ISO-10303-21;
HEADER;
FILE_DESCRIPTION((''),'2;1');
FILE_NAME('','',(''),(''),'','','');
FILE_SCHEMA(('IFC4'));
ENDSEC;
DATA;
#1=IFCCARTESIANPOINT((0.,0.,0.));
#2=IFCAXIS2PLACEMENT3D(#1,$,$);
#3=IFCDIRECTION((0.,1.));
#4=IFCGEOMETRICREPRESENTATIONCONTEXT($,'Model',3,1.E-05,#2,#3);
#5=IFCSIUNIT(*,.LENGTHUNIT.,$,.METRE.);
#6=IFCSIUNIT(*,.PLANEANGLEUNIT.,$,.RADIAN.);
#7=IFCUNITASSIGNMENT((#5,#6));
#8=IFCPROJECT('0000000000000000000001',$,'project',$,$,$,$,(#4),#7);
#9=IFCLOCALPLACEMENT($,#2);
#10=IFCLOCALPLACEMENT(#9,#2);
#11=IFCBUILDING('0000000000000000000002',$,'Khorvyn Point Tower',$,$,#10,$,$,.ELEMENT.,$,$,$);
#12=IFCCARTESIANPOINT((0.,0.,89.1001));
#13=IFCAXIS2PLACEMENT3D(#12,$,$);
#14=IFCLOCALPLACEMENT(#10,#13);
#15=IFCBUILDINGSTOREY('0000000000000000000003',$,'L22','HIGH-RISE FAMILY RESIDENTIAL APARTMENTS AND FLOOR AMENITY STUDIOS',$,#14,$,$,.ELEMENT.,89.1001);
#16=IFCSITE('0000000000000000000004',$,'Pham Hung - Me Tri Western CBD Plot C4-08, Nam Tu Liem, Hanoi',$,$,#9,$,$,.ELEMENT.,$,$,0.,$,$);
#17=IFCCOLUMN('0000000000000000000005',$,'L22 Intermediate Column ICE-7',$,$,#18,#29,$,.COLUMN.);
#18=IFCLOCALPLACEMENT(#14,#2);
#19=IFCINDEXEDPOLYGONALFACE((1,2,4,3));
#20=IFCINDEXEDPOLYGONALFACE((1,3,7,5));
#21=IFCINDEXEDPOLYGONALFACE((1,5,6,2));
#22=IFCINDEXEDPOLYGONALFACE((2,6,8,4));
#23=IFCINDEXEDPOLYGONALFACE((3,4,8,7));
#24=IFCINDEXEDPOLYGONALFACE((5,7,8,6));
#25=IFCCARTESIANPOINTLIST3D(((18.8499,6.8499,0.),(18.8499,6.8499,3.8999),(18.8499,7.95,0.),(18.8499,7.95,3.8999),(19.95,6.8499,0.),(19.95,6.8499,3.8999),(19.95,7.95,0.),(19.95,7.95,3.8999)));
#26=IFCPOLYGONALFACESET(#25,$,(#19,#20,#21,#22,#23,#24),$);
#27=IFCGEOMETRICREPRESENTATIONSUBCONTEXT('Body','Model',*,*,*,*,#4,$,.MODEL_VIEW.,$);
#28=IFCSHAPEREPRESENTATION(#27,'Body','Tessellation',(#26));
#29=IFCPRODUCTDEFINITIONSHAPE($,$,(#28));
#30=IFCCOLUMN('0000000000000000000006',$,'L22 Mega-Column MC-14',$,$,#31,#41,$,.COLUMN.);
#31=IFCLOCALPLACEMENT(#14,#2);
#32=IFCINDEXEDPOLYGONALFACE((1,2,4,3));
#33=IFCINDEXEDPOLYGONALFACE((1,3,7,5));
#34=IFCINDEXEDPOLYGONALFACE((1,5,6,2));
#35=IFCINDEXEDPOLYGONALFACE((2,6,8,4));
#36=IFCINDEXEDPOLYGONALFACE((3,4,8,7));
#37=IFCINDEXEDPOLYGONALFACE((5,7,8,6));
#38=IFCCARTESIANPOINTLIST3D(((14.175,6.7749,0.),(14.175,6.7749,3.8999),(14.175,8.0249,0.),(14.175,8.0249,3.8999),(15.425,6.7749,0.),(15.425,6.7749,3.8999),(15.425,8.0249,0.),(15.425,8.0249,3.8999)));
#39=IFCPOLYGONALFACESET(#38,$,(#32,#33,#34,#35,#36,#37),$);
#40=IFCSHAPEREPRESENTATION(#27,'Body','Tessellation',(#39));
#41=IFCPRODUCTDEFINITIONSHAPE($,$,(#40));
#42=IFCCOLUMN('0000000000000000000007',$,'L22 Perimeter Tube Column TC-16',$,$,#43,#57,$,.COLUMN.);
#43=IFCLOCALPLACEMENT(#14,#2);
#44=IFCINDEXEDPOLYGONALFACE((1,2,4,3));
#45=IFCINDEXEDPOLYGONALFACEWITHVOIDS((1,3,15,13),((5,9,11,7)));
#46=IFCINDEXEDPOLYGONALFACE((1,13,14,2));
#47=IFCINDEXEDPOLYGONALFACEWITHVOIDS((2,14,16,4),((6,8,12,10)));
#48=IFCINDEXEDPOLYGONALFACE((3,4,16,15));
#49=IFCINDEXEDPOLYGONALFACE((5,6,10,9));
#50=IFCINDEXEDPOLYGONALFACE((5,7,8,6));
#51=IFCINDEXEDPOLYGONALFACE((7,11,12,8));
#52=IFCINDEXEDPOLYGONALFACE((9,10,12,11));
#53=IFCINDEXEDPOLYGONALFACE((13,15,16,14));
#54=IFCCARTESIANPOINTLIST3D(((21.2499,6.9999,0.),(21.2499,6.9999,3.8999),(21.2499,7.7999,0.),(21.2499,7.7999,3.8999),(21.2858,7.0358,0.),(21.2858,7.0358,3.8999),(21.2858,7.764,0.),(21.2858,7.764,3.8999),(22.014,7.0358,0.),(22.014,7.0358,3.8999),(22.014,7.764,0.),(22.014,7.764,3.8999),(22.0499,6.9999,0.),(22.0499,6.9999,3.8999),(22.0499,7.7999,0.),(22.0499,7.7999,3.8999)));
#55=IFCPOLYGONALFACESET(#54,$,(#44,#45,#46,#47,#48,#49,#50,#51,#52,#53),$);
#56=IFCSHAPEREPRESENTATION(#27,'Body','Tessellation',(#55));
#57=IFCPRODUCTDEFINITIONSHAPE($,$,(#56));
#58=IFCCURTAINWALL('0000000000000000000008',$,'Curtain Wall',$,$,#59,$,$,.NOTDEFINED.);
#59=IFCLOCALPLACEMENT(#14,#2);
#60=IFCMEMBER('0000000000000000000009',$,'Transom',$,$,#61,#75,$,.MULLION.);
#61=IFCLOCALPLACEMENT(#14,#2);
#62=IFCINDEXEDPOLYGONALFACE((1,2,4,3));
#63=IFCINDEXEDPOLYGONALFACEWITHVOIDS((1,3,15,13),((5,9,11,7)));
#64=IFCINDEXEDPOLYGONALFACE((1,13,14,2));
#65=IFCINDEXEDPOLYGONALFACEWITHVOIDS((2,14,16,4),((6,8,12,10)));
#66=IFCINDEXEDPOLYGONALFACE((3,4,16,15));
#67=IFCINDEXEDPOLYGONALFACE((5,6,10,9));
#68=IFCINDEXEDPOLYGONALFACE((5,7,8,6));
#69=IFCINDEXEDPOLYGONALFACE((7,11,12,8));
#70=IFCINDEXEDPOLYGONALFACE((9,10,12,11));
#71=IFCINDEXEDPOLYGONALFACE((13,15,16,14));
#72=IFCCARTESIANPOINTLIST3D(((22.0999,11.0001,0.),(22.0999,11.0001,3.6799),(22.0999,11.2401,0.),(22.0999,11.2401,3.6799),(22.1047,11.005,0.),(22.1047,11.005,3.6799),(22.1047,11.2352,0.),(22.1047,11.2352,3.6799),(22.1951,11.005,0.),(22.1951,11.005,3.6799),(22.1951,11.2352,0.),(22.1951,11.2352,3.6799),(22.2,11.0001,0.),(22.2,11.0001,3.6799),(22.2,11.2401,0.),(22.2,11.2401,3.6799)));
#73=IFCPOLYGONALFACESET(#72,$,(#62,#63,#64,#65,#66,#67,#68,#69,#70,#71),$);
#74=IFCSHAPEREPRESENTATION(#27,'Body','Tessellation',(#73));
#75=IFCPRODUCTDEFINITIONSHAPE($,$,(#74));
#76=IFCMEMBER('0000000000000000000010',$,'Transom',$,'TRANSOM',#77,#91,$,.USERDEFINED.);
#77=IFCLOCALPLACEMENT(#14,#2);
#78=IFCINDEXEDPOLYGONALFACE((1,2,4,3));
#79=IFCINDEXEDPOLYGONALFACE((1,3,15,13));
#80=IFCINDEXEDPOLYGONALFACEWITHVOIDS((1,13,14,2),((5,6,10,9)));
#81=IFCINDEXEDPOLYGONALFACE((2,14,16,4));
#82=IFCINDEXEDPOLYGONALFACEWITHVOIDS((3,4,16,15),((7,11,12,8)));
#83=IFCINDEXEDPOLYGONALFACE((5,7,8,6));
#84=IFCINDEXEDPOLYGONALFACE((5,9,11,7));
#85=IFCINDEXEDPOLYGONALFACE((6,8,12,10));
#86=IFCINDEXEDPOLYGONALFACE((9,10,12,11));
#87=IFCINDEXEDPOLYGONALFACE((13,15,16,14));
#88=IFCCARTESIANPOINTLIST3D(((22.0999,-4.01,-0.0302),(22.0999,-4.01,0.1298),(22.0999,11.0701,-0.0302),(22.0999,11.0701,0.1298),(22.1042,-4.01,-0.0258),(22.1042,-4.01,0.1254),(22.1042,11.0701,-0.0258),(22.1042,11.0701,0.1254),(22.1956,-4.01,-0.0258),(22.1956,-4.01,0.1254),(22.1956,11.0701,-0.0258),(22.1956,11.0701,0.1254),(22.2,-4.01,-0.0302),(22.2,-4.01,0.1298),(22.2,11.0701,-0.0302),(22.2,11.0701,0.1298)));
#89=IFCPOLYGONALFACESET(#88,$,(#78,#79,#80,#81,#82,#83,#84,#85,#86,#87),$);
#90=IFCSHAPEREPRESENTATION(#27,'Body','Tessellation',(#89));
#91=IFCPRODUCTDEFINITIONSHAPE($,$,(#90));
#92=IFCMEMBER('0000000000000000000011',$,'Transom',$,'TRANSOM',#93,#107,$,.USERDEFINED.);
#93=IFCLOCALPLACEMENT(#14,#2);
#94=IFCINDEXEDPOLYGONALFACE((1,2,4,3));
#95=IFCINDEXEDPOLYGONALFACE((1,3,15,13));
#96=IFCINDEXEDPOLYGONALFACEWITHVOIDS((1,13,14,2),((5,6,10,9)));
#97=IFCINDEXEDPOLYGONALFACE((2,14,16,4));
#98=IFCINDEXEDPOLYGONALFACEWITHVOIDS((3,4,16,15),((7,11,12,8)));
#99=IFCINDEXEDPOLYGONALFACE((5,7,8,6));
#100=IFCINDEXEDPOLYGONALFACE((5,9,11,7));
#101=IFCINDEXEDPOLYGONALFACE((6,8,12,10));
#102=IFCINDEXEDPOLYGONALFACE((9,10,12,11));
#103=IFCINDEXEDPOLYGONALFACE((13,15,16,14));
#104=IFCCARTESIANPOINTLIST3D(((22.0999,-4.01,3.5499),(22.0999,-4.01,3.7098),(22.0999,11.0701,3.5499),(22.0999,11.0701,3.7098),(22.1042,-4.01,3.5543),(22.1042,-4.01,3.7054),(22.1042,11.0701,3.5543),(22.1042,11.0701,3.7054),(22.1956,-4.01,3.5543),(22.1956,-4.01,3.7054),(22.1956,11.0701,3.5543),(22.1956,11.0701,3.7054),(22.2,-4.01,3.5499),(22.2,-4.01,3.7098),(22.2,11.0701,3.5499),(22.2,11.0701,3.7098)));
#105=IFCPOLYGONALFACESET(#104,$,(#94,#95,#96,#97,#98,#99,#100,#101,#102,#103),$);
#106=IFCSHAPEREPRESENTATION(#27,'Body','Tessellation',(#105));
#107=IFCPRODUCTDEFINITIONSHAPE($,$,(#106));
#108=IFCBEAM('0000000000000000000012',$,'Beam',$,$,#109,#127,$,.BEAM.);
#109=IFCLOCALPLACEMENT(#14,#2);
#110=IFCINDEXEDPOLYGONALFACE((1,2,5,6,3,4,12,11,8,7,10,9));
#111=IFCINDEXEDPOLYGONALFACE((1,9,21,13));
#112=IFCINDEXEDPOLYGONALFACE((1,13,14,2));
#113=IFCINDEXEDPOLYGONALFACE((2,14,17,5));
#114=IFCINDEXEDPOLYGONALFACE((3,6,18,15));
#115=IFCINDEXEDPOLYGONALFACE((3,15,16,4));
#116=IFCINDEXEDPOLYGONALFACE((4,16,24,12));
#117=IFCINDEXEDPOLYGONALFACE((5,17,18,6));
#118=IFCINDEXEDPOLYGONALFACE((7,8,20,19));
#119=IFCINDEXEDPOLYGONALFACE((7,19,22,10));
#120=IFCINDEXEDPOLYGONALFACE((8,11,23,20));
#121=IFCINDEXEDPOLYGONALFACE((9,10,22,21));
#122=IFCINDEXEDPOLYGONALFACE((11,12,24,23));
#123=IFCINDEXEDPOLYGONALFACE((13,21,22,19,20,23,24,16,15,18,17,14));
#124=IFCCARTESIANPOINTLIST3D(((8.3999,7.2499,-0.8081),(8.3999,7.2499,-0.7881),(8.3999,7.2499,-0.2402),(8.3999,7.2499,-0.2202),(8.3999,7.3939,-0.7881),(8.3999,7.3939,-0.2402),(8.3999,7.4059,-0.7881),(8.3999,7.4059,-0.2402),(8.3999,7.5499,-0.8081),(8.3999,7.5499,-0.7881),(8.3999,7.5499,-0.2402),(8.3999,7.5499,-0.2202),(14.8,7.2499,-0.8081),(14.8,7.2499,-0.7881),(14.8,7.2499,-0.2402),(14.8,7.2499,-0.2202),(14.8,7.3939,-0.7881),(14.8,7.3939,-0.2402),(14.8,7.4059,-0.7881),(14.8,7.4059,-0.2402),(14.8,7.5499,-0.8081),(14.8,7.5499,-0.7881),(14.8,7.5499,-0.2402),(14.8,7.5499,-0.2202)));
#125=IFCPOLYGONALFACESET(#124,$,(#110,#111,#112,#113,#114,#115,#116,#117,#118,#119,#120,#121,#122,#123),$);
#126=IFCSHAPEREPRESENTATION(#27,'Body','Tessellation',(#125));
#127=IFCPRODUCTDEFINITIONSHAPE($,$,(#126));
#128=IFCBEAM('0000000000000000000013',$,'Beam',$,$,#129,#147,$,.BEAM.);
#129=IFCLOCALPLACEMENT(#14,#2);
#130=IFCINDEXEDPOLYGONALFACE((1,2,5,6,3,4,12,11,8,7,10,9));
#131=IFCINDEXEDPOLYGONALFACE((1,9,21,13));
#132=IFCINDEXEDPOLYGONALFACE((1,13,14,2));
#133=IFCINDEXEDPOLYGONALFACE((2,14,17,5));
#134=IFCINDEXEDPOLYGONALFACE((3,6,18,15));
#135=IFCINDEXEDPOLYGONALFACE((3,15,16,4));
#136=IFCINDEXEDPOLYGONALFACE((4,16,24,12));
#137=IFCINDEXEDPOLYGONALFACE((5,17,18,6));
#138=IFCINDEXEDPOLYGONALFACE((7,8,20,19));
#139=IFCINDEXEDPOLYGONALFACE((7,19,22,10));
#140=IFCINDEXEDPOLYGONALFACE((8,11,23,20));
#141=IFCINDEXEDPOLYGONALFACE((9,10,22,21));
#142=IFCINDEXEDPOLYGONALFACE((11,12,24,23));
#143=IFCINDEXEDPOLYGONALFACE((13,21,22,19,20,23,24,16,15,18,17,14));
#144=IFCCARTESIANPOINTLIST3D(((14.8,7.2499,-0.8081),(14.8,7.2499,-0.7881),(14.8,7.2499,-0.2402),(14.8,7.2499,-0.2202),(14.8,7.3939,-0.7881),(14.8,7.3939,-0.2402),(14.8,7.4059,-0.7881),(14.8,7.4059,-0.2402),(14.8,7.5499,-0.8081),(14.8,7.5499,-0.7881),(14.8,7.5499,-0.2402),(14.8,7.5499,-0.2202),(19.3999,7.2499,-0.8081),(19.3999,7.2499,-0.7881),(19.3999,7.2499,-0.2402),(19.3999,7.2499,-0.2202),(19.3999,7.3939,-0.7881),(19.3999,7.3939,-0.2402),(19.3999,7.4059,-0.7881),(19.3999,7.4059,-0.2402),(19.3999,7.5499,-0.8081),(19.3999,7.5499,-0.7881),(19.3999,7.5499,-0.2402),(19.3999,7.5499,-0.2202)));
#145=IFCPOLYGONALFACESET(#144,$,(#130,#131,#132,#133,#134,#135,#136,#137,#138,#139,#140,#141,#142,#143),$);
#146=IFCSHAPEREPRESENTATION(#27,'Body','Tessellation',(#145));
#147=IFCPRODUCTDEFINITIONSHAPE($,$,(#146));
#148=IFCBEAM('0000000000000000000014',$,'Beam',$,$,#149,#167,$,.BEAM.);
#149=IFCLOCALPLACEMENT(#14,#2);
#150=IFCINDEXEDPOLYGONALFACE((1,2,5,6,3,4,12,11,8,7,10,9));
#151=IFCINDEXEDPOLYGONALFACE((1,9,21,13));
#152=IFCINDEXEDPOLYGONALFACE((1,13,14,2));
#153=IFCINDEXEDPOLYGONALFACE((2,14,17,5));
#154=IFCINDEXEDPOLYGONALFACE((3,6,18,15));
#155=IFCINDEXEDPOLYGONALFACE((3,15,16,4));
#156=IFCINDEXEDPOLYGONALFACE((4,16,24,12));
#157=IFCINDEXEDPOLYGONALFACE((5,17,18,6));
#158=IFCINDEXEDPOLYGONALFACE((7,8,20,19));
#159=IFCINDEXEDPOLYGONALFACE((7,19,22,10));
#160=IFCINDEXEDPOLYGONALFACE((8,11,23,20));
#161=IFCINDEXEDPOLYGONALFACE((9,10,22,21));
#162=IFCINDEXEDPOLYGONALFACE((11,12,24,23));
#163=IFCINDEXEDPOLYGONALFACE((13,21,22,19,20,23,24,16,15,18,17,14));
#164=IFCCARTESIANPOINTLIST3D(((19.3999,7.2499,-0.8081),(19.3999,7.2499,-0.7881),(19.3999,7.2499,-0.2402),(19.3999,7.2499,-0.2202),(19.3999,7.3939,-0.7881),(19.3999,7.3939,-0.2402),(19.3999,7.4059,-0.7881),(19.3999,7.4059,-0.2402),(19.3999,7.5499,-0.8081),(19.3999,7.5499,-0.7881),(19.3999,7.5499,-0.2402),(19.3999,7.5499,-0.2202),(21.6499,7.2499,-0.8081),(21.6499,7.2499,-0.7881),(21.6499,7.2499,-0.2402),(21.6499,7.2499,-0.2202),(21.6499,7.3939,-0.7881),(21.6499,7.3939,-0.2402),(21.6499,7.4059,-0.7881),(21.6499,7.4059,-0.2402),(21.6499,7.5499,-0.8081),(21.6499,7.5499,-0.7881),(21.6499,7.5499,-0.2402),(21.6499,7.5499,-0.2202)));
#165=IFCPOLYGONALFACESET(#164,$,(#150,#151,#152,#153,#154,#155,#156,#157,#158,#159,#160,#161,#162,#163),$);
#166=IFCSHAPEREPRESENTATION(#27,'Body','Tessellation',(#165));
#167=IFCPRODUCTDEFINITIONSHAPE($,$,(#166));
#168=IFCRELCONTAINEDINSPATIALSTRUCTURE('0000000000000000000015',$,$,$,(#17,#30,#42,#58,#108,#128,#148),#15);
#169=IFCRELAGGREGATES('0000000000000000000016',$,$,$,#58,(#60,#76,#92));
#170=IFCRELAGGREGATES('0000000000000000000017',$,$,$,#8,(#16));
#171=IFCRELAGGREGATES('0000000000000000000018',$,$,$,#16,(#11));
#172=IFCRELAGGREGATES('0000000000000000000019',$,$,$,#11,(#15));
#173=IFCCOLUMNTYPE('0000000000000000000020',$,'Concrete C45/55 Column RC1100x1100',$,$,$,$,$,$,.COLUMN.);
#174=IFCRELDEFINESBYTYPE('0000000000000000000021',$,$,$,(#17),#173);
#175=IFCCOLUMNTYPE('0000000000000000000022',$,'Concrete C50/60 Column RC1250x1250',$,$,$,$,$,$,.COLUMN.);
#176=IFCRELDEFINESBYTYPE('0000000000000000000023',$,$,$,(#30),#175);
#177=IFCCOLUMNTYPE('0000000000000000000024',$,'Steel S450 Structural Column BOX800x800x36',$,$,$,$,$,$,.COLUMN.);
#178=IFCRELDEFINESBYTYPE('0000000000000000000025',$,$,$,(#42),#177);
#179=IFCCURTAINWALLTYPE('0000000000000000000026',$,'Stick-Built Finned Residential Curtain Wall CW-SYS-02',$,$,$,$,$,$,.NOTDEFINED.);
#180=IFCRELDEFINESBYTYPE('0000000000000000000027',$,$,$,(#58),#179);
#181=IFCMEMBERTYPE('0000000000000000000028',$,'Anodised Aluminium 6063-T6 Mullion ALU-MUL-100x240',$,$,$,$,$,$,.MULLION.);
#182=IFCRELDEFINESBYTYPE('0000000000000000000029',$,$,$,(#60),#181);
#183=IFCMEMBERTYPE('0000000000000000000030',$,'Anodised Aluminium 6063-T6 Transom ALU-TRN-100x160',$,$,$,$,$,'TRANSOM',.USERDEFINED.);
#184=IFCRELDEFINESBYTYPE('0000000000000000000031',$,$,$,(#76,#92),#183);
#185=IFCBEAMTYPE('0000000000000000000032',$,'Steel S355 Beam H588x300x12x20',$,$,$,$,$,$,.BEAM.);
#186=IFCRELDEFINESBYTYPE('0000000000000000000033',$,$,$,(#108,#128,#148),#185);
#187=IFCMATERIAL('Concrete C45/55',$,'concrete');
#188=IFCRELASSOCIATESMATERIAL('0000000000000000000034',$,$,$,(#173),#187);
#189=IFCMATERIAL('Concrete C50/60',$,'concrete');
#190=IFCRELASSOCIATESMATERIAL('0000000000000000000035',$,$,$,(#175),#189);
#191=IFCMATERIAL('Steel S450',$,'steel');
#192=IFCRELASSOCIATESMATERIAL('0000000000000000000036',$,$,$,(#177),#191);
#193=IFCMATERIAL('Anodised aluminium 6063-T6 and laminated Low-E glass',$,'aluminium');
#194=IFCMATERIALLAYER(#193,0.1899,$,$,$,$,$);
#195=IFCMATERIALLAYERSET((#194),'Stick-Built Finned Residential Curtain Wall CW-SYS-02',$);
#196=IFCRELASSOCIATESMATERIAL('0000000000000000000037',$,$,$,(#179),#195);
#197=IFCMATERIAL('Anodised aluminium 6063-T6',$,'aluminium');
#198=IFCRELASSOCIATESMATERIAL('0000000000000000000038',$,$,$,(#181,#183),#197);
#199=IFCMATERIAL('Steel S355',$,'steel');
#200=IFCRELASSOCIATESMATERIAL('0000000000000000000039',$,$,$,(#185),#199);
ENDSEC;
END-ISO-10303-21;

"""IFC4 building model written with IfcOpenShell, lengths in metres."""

from ifc_helpers import new_model, si_unit, direction, frame, origin, origin_2d, place, context, subcontext, project, spatial, rectangle, hollow_rectangle, i_section, extrude, material, layer, layer_set, material_profile, profile_set, type_object, element, aggregate, save


model = new_model("IFC4")

# Units and contexts
model_context = context("Model", 3, precision=1e-05, world=origin(), true_north=direction((0.0, 1.0)))
body_context = subcontext(model_context, "Body", "Model", "MODEL_VIEW")
ifc_project = project(units=[si_unit("LENGTHUNIT", "METRE"), si_unit("PLANEANGLEUNIT", "RADIAN")], contexts=[model_context])

# Site, building, storey
site_placement = place(None, origin())
site = spatial("IfcSite", under=ifc_project, at=site_placement, Name="Pham Hung - Me Tri Western CBD Plot C4-08, Nam Tu Liem, Hanoi", CompositionType="ELEMENT", RefElevation=0.0)
building_placement = place(site_placement, origin())
building = spatial("IfcBuilding", under=site, at=building_placement, Name="Khorvyn Point Tower", CompositionType="ELEMENT")
storey_placement = place(building_placement, frame((0.0, 0.0, 89.1001)))
storey = spatial("IfcBuildingStorey", under=building, at=storey_placement, Name="L22", Description="HIGH-RISE FAMILY RESIDENTIAL APARTMENTS AND FLOOR AMENITY STUDIOS", CompositionType="ELEMENT", Elevation=89.1001)

# Columns
ifc_material_1 = material(Name="Concrete C45/55", Category="concrete")
ifc_material_profile_1 = material_profile(ifc_material_1, rectangle(XDim=1.1001, YDim=1.1001, at=origin_2d()))
ifc_profile_set_1 = profile_set([ifc_material_profile_1], Name="Concrete C45/55 RC1100x1100")
column_type_1 = type_object("IfcColumnType", Name="Concrete C45/55 Column RC1100x1100", PredefinedType="COLUMN", material=ifc_profile_set_1)
column_1_placement = place(storey_placement, frame((19.3999, 7.3999, 0.0), z_axis=(0.0, 0.0, 1.0), x_axis=(1.0, 0.0, 0.0)))
element("IfcColumn", 1, at=column_1_placement, inside=storey, type_object=column_type_1, Name="L22 Intermediate Column ICE-7", PredefinedType="COLUMN", context=body_context, shape_type="SweptSolid", body=[
    extrude(rectangle(XDim=1.1001, YDim=1.1001, at=origin_2d()), origin(), (0.0, 0.0, 1.0), 3.8999),
])
ifc_material_2 = material(Name="Concrete C50/60", Category="concrete")
ifc_material_profile_2 = material_profile(ifc_material_2, rectangle(XDim=1.25, YDim=1.25, at=origin_2d()))
ifc_profile_set_2 = profile_set([ifc_material_profile_2], Name="Concrete C50/60 RC1250x1250")
column_type_2 = type_object("IfcColumnType", Name="Concrete C50/60 Column RC1250x1250", PredefinedType="COLUMN", material=ifc_profile_set_2)
column_2_placement = place(storey_placement, frame((14.8, 7.3999, 0.0), z_axis=(0.0, 0.0, 1.0), x_axis=(1.0, 0.0, 0.0)))
element("IfcColumn", 2, at=column_2_placement, inside=storey, type_object=column_type_2, Name="L22 Mega-Column MC-14", PredefinedType="COLUMN", context=body_context, shape_type="SweptSolid", body=[
    extrude(rectangle(XDim=1.25, YDim=1.25, at=origin_2d()), origin(), (0.0, 0.0, 1.0), 3.8999),
])
ifc_material_3 = material(Name="Steel S450", Category="steel")
ifc_material_profile_3 = material_profile(ifc_material_3, hollow_rectangle(XDim=0.8, YDim=0.8, WallThickness=0.0359, at=origin_2d()))
ifc_profile_set_3 = profile_set([ifc_material_profile_3], Name="Steel S450 BOX800x800x36")
column_type_3 = type_object("IfcColumnType", Name="Steel S450 Structural Column BOX800x800x36", PredefinedType="COLUMN", material=ifc_profile_set_3)
column_3_placement = place(storey_placement, frame((21.6499, 7.3999, 0.0), z_axis=(0.0, 0.0, 1.0), x_axis=(1.0, 0.0, 0.0)))
element("IfcColumn", 3, at=column_3_placement, inside=storey, type_object=column_type_3, Name="L22 Perimeter Tube Column TC-16", PredefinedType="COLUMN", context=body_context, shape_type="SweptSolid", body=[
    extrude(hollow_rectangle(XDim=0.8, YDim=0.8, WallThickness=0.0359, at=origin_2d()), origin(), (0.0, 0.0, 1.0), 3.8999),
])

# Curtain wall, members
ifc_material_4 = material(Name="Anodised aluminium 6063-T6 and laminated Low-E glass", Category="aluminium")
ifc_layer_1 = layer(ifc_material_4, 0.1899)
ifc_layer_set_1 = layer_set([ifc_layer_1], Name="Stick-Built Finned Residential Curtain Wall CW-SYS-02")
curtain_wall_type = type_object("IfcCurtainWallType", Name="Stick-Built Finned Residential Curtain Wall CW-SYS-02", PredefinedType="NOTDEFINED", material=ifc_layer_set_1)
curtain_wall_placement = place(storey_placement, origin())
curtain_wall = element("IfcCurtainWall", 4, at=curtain_wall_placement, inside=storey, type_object=curtain_wall_type, Name="Curtain Wall", PredefinedType="NOTDEFINED")
ifc_material_5 = material(Name="Anodised aluminium 6063-T6", Category="aluminium")
ifc_material_profile_4 = material_profile(ifc_material_5, hollow_rectangle(XDim=0.1001, YDim=0.24, WallThickness=0.0049, at=origin_2d()))
ifc_profile_set_4 = profile_set([ifc_material_profile_4], Name="Anodised aluminium 6063-T6 ALU-MUL-100x240")
member_type_1 = type_object("IfcMemberType", Name="Anodised Aluminium 6063-T6 Mullion ALU-MUL-100x240", PredefinedType="MULLION", material=ifc_profile_set_4)
member_1_placement = place(storey_placement, frame((22.1499, 11.1201, 0.0), z_axis=(0.0, 0.0, 1.0), x_axis=(1.0, 0.0, 0.0)))
member_1 = element("IfcMember", 5, at=member_1_placement, type_object=member_type_1, Name="Transom", PredefinedType="MULLION", context=body_context, shape_type="SweptSolid", body=[
    extrude(hollow_rectangle(XDim=0.1001, YDim=0.24, WallThickness=0.0049, at=origin_2d()), origin(), (0.0, 0.0, 1.0), 3.6799),
])
ifc_material_profile_5 = material_profile(ifc_material_5, hollow_rectangle(XDim=0.1001, YDim=0.1599, WallThickness=0.0044, at=origin_2d()))
ifc_profile_set_5 = profile_set([ifc_material_profile_5], Name="Anodised aluminium 6063-T6 ALU-TRN-100x160")
member_type_2 = type_object("IfcMemberType", Name="Anodised Aluminium 6063-T6 Transom ALU-TRN-100x160", ElementType="TRANSOM", PredefinedType="USERDEFINED", material=ifc_profile_set_5)
member_2_placement = place(storey_placement, frame((22.1499, 11.0701, 0.0498), z_axis=(0.0, -1.0, 0.0), x_axis=(1.0, 0.0, 0.0)))
member_2 = element("IfcMember", 6, at=member_2_placement, type_object=member_type_2, Name="Transom", ObjectType="TRANSOM", PredefinedType="USERDEFINED", context=body_context, shape_type="SweptSolid", body=[
    extrude(hollow_rectangle(XDim=0.1001, YDim=0.1599, WallThickness=0.0044, at=origin_2d()), origin(), (0.0, 0.0, 1.0), 15.0801),
])
member_3_placement = place(storey_placement, frame((22.1499, 11.0701, 3.6299), z_axis=(0.0, -1.0, 0.0), x_axis=(1.0, 0.0, 0.0)))
member_3 = element("IfcMember", 7, at=member_3_placement, type_object=member_type_2, Name="Transom", ObjectType="TRANSOM", PredefinedType="USERDEFINED", context=body_context, shape_type="SweptSolid", body=[
    extrude(hollow_rectangle(XDim=0.1001, YDim=0.1599, WallThickness=0.0044, at=origin_2d()), origin(), (0.0, 0.0, 1.0), 15.0801),
])

# Beams
ifc_material_6 = material(Name="Steel S355", Category="steel")
ifc_material_profile_6 = material_profile(ifc_material_6, i_section(OverallWidth=0.3, OverallDepth=0.5879, WebThickness=0.012, FlangeThickness=0.02, at=origin_2d()))
ifc_profile_set_6 = profile_set([ifc_material_profile_6], Name="Steel S355 H588x300x12x20")
beam_type_1 = type_object("IfcBeamType", Name="Steel S355 Beam H588x300x12x20", PredefinedType="BEAM", material=ifc_profile_set_6)
beam_1_placement = place(storey_placement, frame((8.3999, 7.3999, -0.5142), z_axis=(1.0, 0.0, 0.0), x_axis=(0.0, 1.0, 0.0)))
element("IfcBeam", 8, at=beam_1_placement, inside=storey, type_object=beam_type_1, Name="Beam", PredefinedType="BEAM", context=body_context, shape_type="SweptSolid", body=[
    extrude(i_section(OverallWidth=0.3, OverallDepth=0.5879, WebThickness=0.012, FlangeThickness=0.02, at=origin_2d()), origin(), (0.0, 0.0, 1.0), 6.4001),
])
beam_2_placement = place(storey_placement, frame((14.8, 7.3999, -0.5142), z_axis=(1.0, 0.0, 0.0), x_axis=(0.0, 1.0, 0.0)))
element("IfcBeam", 9, at=beam_2_placement, inside=storey, type_object=beam_type_1, Name="Beam", PredefinedType="BEAM", context=body_context, shape_type="SweptSolid", body=[
    extrude(i_section(OverallWidth=0.3, OverallDepth=0.5879, WebThickness=0.012, FlangeThickness=0.02, at=origin_2d()), origin(), (0.0, 0.0, 1.0), 4.5999),
])
beam_3_placement = place(storey_placement, frame((19.3999, 7.3999, -0.5142), z_axis=(1.0, 0.0, 0.0), x_axis=(0.0, 1.0, 0.0)))
element("IfcBeam", 10, at=beam_3_placement, inside=storey, type_object=beam_type_1, Name="Beam", PredefinedType="BEAM", context=body_context, shape_type="SweptSolid", body=[
    extrude(i_section(OverallWidth=0.3, OverallDepth=0.5879, WebThickness=0.012, FlangeThickness=0.02, at=origin_2d()), origin(), (0.0, 0.0, 1.0), 2.25),
])

aggregate(curtain_wall, [member_1, member_2, member_3])

save(model, "model.ifc")
